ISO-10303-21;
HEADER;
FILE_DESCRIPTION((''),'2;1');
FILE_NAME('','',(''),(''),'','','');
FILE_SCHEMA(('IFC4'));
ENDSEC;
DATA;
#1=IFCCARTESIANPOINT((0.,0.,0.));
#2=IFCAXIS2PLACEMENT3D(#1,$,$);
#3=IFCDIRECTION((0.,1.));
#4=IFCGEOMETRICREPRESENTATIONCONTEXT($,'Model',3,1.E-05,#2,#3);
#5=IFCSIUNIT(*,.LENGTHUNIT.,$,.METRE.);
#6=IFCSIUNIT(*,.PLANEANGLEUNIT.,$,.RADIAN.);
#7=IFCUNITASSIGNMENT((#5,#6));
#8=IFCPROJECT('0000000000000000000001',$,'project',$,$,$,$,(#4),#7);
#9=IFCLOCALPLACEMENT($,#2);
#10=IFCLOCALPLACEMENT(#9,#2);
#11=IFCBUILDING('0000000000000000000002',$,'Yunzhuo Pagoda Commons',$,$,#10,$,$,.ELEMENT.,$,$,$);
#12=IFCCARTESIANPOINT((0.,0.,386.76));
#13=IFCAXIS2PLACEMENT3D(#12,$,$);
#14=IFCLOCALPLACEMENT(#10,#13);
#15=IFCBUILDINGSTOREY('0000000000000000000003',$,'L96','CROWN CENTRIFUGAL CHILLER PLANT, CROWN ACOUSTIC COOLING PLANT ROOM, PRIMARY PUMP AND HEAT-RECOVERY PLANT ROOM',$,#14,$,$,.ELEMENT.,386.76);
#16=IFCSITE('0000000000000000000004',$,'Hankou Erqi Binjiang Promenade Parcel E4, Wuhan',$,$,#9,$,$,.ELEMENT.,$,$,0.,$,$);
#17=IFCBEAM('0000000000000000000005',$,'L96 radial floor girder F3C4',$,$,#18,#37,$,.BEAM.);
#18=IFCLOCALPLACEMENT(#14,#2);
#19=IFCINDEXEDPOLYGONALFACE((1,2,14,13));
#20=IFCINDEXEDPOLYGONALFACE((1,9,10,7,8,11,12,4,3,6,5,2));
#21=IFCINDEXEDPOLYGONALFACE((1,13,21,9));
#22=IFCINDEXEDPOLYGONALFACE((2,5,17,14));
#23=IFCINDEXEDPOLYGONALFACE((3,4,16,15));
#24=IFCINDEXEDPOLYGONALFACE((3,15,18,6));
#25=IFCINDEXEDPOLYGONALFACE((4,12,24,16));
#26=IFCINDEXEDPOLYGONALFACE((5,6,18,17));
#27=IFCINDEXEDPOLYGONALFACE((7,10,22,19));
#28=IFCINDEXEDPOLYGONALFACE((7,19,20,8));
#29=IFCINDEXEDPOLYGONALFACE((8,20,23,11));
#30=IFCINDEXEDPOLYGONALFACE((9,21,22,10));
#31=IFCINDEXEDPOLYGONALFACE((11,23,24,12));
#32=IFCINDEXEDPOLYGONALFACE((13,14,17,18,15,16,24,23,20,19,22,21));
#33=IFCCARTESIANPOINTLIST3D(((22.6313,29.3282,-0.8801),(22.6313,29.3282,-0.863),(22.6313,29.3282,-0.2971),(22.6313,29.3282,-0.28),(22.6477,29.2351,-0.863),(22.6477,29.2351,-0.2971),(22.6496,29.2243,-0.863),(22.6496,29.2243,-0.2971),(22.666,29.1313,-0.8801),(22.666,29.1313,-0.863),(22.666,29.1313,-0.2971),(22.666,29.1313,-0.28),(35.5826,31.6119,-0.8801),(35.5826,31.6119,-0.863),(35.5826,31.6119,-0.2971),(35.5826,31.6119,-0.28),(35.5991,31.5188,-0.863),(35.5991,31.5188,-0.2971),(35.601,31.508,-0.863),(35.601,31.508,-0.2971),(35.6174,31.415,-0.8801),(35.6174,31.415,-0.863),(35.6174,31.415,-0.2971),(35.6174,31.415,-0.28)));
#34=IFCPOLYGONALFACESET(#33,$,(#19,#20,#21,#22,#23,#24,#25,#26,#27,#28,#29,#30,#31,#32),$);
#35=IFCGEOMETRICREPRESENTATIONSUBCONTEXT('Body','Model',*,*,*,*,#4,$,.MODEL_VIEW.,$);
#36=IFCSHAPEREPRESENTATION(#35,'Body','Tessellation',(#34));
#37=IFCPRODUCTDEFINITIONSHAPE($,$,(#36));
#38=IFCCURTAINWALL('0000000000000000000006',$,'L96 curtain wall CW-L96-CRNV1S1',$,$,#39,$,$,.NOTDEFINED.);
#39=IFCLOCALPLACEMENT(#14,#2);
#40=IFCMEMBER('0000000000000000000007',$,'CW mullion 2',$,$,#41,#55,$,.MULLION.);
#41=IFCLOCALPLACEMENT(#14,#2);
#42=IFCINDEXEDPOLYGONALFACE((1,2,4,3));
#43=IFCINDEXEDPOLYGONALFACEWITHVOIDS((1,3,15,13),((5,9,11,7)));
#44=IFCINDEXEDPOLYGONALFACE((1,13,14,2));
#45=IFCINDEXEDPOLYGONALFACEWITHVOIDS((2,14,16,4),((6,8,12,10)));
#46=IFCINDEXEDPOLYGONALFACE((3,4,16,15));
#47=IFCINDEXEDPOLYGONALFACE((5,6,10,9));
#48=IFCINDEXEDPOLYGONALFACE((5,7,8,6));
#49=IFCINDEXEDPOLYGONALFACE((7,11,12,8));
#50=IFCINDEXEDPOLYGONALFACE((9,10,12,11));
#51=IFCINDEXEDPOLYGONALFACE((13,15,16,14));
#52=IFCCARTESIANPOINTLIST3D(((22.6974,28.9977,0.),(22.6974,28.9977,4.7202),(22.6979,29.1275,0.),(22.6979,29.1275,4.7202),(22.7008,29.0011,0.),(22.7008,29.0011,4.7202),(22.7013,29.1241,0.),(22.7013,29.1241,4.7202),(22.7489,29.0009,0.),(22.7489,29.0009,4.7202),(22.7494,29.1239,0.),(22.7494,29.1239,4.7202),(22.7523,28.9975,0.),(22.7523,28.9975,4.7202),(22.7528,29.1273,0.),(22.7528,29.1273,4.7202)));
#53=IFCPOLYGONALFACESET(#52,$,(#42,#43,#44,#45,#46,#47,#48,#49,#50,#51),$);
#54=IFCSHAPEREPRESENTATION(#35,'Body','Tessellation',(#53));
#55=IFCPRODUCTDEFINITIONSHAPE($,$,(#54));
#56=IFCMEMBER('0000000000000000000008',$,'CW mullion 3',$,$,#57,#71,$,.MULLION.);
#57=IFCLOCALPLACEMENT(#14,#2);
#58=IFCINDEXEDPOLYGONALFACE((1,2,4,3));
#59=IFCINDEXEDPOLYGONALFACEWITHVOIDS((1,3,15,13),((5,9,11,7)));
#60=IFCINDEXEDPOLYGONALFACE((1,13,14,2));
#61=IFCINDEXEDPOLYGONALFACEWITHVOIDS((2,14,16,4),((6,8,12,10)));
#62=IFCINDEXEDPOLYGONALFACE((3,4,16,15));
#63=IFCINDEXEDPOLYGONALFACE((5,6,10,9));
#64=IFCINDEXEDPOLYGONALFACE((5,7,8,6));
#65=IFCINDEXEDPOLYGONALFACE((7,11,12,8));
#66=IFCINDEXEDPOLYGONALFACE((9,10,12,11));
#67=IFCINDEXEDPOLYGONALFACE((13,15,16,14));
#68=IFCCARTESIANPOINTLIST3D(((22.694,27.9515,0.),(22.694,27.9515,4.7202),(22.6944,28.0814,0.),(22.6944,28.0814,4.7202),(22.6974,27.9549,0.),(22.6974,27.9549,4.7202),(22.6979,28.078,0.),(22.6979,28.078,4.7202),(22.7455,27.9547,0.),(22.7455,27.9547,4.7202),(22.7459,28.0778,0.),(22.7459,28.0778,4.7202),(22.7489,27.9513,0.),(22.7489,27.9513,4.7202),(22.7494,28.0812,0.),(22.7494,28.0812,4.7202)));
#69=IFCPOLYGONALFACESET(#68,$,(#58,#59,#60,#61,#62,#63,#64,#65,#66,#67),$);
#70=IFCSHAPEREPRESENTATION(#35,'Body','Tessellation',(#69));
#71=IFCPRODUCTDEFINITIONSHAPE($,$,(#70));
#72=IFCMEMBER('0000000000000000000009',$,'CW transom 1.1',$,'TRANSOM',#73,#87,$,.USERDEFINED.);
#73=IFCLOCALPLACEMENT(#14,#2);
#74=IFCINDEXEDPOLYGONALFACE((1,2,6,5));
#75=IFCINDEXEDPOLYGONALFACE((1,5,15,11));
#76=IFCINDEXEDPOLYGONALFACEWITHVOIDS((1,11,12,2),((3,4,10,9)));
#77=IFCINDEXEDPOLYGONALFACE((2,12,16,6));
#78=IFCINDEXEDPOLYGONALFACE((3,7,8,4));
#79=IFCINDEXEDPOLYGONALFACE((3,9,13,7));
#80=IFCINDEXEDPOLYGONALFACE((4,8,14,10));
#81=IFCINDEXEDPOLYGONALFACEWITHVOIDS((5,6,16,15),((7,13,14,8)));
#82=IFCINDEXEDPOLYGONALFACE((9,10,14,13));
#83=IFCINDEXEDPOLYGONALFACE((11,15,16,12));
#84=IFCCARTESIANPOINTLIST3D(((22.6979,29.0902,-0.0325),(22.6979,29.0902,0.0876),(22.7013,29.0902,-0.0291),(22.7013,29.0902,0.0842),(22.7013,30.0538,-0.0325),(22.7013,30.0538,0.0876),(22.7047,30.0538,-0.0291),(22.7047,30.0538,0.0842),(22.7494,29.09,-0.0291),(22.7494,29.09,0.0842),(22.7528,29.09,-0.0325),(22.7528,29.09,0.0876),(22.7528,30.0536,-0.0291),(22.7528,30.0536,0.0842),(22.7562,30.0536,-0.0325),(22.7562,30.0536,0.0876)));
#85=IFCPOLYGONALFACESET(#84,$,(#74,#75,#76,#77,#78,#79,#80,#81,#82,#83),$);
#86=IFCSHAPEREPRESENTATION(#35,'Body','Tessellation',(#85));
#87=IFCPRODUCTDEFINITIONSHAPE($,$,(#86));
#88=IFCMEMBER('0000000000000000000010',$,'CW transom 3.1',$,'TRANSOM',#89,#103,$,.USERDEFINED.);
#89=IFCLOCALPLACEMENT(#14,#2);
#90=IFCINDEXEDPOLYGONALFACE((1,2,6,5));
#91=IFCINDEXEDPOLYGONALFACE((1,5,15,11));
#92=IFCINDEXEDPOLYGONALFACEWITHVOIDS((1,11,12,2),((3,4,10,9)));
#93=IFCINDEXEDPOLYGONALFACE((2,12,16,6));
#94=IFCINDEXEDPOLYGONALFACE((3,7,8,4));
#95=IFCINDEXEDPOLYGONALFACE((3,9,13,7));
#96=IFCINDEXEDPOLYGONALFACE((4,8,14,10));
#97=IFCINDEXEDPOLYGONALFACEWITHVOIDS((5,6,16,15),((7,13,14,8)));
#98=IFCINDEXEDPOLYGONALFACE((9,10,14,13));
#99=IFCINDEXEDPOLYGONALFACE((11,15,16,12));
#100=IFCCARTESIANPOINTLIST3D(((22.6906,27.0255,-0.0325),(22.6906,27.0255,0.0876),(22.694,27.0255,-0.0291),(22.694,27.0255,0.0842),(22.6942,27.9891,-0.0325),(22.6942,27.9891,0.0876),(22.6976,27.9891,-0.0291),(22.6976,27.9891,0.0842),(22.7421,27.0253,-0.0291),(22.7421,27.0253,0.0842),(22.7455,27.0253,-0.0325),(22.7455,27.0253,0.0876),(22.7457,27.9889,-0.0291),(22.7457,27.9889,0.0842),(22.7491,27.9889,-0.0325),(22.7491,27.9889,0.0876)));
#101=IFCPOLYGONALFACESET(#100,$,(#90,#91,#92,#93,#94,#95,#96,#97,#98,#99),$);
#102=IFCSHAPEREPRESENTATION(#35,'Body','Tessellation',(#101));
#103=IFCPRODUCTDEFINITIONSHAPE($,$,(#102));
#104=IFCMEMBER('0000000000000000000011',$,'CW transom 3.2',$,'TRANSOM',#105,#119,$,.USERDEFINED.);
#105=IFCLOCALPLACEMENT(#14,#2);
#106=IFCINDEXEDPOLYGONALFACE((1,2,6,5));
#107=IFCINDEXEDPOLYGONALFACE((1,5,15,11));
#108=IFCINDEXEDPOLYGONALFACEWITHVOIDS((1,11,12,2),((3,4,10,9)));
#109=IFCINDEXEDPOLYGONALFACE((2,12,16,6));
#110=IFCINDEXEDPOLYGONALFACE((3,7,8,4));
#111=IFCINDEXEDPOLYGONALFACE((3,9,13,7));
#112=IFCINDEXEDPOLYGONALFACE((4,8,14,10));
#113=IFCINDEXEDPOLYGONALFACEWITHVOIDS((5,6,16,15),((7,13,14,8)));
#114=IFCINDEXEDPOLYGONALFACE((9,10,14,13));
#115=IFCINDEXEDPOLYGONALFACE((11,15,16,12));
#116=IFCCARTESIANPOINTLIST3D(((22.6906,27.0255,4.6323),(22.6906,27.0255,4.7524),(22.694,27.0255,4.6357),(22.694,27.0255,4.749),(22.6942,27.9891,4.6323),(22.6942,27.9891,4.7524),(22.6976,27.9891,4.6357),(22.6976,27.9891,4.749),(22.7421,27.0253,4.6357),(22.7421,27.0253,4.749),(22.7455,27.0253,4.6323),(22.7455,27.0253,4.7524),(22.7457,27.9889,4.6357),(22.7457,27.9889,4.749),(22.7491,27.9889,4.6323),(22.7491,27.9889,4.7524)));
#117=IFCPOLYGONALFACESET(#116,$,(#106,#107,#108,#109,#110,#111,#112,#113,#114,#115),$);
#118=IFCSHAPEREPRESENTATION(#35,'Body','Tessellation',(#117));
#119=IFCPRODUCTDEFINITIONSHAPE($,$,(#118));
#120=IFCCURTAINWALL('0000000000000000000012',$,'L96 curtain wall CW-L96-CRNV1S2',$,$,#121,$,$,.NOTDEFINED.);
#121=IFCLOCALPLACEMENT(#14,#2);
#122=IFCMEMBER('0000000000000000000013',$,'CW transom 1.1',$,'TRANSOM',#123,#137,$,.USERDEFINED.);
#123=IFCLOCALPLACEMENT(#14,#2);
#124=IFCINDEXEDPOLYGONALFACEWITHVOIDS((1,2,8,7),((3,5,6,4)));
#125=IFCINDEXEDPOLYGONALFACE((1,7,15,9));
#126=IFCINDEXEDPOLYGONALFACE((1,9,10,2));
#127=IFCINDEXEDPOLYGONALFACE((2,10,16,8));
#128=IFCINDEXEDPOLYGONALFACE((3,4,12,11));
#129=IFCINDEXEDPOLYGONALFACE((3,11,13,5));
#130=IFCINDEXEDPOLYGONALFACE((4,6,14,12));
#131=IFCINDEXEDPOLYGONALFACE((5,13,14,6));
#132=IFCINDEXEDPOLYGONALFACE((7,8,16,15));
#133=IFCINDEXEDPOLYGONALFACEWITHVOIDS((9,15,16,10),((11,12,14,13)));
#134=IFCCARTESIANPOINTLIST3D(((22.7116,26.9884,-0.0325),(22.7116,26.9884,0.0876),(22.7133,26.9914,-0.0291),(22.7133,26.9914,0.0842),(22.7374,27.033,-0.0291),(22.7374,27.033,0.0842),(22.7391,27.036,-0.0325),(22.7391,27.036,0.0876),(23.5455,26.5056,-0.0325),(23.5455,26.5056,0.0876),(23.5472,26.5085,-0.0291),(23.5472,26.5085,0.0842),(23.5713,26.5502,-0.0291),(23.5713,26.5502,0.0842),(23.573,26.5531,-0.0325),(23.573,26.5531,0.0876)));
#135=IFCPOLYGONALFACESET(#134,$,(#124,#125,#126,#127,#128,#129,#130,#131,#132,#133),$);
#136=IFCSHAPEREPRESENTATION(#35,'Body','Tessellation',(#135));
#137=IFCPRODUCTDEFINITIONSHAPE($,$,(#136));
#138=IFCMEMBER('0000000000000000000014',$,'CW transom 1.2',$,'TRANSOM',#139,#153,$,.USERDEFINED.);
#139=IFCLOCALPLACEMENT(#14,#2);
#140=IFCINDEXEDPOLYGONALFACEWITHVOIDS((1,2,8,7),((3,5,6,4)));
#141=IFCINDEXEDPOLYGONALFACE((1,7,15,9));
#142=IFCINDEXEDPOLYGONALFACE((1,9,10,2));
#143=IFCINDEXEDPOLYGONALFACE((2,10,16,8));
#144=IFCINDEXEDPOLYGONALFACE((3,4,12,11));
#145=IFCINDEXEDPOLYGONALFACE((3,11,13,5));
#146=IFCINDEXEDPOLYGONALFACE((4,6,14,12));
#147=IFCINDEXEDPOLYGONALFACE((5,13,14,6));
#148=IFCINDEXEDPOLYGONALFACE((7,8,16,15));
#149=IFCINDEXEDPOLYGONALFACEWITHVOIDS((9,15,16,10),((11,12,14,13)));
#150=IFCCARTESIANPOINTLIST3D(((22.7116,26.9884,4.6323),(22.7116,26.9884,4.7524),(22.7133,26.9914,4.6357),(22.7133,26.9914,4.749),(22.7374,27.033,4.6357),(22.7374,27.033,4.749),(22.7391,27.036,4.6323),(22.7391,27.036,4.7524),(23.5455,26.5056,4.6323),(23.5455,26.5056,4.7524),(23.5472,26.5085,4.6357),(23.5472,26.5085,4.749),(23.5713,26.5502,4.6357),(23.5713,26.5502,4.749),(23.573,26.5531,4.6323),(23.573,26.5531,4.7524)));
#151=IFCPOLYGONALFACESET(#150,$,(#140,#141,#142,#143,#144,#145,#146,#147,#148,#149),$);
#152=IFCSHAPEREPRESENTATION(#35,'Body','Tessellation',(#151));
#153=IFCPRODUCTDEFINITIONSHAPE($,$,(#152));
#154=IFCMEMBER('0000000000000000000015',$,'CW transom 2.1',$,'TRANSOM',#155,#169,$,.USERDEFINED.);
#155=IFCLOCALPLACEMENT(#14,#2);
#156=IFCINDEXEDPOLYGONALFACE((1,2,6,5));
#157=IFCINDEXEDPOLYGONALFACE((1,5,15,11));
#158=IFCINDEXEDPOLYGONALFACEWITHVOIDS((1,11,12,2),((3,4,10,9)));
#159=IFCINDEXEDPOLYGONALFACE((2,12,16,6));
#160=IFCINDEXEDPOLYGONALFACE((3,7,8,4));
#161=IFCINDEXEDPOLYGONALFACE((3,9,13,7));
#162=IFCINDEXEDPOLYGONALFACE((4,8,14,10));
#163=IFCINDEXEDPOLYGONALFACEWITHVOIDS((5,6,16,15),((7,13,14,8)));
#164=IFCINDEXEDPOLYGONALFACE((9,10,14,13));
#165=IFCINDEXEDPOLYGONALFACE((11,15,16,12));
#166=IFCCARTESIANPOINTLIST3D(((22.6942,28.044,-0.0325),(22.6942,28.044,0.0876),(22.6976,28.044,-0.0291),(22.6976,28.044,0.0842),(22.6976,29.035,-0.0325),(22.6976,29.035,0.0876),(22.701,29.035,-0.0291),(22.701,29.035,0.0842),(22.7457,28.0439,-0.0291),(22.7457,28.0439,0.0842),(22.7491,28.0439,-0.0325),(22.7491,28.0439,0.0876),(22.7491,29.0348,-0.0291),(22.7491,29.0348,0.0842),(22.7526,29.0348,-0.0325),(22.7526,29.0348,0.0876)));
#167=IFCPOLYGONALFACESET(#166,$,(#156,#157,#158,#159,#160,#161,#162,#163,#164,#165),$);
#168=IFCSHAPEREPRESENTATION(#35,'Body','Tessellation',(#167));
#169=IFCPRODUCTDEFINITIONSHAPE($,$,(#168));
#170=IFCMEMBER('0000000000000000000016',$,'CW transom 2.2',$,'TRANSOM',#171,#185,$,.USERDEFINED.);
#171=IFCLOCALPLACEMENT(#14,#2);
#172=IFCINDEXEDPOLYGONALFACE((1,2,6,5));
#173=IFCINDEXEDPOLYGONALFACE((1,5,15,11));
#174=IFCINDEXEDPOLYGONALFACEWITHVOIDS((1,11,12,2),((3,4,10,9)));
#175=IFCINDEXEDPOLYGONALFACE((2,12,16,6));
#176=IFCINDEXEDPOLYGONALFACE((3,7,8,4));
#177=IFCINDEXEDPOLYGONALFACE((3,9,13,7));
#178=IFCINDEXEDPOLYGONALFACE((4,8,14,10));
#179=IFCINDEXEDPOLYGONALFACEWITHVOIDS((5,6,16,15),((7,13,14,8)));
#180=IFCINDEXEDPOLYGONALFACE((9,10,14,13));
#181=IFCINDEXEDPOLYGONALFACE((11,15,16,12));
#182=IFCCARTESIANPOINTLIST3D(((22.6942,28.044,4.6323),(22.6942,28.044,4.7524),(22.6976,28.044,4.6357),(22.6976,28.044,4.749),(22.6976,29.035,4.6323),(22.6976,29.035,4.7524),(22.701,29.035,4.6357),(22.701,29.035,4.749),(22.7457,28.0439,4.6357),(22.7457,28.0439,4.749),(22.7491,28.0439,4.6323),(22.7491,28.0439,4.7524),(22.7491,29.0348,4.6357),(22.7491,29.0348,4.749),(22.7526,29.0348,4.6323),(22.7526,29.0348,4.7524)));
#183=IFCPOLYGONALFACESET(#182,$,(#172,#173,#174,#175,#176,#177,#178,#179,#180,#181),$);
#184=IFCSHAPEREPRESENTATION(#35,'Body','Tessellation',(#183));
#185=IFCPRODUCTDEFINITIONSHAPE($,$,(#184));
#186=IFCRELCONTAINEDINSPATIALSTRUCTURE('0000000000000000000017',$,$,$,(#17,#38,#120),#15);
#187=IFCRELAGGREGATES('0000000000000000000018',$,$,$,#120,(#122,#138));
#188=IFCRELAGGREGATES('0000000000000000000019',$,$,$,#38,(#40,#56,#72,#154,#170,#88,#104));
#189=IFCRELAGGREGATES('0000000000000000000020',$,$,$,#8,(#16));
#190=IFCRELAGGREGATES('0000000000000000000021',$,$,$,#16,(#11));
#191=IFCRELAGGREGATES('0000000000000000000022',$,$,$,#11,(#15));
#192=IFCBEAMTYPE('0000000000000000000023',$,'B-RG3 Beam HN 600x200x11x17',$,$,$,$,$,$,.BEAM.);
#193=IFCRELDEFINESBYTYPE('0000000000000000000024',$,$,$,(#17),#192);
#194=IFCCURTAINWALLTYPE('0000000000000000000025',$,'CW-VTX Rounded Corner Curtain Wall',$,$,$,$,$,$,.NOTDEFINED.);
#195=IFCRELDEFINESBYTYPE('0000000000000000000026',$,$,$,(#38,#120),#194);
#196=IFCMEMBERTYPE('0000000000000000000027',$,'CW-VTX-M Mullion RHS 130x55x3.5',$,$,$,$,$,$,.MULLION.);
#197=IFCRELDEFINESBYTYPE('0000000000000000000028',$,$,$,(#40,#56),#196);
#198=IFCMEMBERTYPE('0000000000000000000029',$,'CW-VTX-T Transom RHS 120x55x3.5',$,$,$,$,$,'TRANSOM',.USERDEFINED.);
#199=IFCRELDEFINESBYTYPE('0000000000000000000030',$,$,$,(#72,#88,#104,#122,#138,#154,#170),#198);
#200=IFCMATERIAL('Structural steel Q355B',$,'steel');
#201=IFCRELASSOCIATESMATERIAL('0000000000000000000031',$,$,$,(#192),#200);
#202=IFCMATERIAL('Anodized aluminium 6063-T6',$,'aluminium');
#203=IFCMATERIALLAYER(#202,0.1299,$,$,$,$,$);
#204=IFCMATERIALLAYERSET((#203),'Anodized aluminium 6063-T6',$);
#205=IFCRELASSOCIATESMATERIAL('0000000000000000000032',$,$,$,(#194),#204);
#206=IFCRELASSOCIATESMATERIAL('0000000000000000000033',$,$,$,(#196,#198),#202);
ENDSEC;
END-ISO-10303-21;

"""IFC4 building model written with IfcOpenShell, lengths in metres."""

from ifc_helpers import new_model, si_unit, direction, frame, origin, origin_2d, place, context, subcontext, project, spatial, hollow_rectangle, i_section, extrude, source, transform, mapped, material, layer, layer_set, material_profile, profile_set, type_object, element, aggregate, save


model = new_model("IFC4")

# Units and contexts
model_context = context("Model", 3, precision=1e-05, world=origin(), true_north=direction((0.0, 1.0)))
body_context = subcontext(model_context, "Body", "Model", "MODEL_VIEW")
ifc_project = project(units=[si_unit("LENGTHUNIT", "METRE"), si_unit("PLANEANGLEUNIT", "RADIAN")], contexts=[model_context])

# Site, building, storey
site_placement = place(None, origin())
site = spatial("IfcSite", under=ifc_project, at=site_placement, Name="Hankou Erqi Binjiang Promenade Parcel E4, Wuhan", CompositionType="ELEMENT", RefElevation=0.0)
building_placement = place(site_placement, origin())
building = spatial("IfcBuilding", under=site, at=building_placement, Name="Yunzhuo Pagoda Commons", CompositionType="ELEMENT")
storey_placement = place(building_placement, frame((0.0, 0.0, 386.76)))
storey = spatial("IfcBuildingStorey", under=building, at=storey_placement, Name="L96", Description="CROWN CENTRIFUGAL CHILLER PLANT, CROWN ACOUSTIC COOLING PLANT ROOM, PRIMARY PUMP AND HEAT-RECOVERY PLANT ROOM", CompositionType="ELEMENT", Elevation=386.76)

# Beam
ifc_material_1 = material(Name="Structural steel Q355B", Category="steel")
ifc_material_profile_1 = material_profile(ifc_material_1, i_section(OverallWidth=0.2, OverallDepth=0.6001, WebThickness=0.011, FlangeThickness=0.0171, at=origin_2d()), Name="Structural steel Q355B")
ifc_profile_set_1 = profile_set([ifc_material_profile_1], Name="Structural steel Q355B")
beam_type = type_object("IfcBeamType", Name="B-RG3 Beam HN 600x200x11x17", PredefinedType="BEAM", material=ifc_profile_set_1)
shared_shape_1 = source(origin(), body_context, "Body", "SweptSolid", [
    extrude(i_section(OverallWidth=0.2, OverallDepth=0.6001, WebThickness=0.011, FlangeThickness=0.0171, at=origin_2d()), origin(), (0.0, 0.0, 1.0), 13.1511),
])
beam_placement = place(storey_placement, frame((22.6487, 29.2297, -0.5801), z_axis=(0.984808, 0.173649, 0.0), x_axis=(-0.173649, 0.984808, 0.0)))
element("IfcBeam", 1, at=beam_placement, inside=storey, type_object=beam_type, Name="L96 radial floor girder F3C4", PredefinedType="BEAM", context=body_context, shape_type="MappedRepresentation", body=[
    mapped(shared_shape_1, transform((0.0, 0.0, 0.0), scale=1.0)),
])

# Curtain walls, members
ifc_material_2 = material(Name="Anodized aluminium 6063-T6", Category="aluminium")
ifc_layer_1 = layer(ifc_material_2, 0.1299)
ifc_layer_set_1 = layer_set([ifc_layer_1], Name="Anodized aluminium 6063-T6")
curtain_wall_type = type_object("IfcCurtainWallType", Name="CW-VTX Rounded Corner Curtain Wall", PredefinedType="NOTDEFINED", material=ifc_layer_set_1)
curtain_wall_1_placement = place(storey_placement, origin())
curtain_wall_1 = element("IfcCurtainWall", 2, at=curtain_wall_1_placement, inside=storey, type_object=curtain_wall_type, Name="L96 curtain wall CW-L96-CRNV1S1", PredefinedType="NOTDEFINED")
ifc_material_profile_2 = material_profile(ifc_material_2, hollow_rectangle(XDim=0.0549, YDim=0.1299, WallThickness=0.0034, at=origin_2d()), Name="Anodized aluminium 6063-T6")
ifc_profile_set_2 = profile_set([ifc_material_profile_2], Name="Anodized aluminium 6063-T6")
member_type_1 = type_object("IfcMemberType", Name="CW-VTX-M Mullion RHS 130x55x3.5", PredefinedType="MULLION", material=ifc_profile_set_2)
shared_shape_2 = source(origin(), body_context, "Body", "SweptSolid", [
    extrude(hollow_rectangle(XDim=0.0549, YDim=0.1299, WallThickness=0.0034, at=origin_2d()), origin(), (0.0, 0.0, 1.0), 4.7202),
])
member_1_placement = place(storey_placement, frame((22.7251, 29.0625, 0.0), z_axis=(0.0, 0.0, 1.0), x_axis=(0.999994, -0.003569, 0.0)))
member_1 = element("IfcMember", 3, at=member_1_placement, type_object=member_type_1, Name="CW mullion 2", PredefinedType="MULLION", context=body_context, shape_type="MappedRepresentation", body=[
    mapped(shared_shape_2, transform((0.0, 0.0, 0.0), scale=1.0)),
])
member_2_placement = place(storey_placement, frame((22.7217, 28.0164, 0.0), z_axis=(0.0, 0.0, 1.0), x_axis=(0.999994, -0.003569, 0.0)))
member_2 = element("IfcMember", 4, at=member_2_placement, type_object=member_type_1, Name="CW mullion 3", PredefinedType="MULLION", context=body_context, shape_type="MappedRepresentation", body=[
    mapped(shared_shape_2, transform((0.0, 0.0, 0.0), scale=1.0)),
])
ifc_material_profile_3 = material_profile(ifc_material_2, hollow_rectangle(XDim=0.0549, YDim=0.1201, WallThickness=0.0034, at=origin_2d()), Name="Anodized aluminium 6063-T6")
ifc_profile_set_3 = profile_set([ifc_material_profile_3], Name="Anodized aluminium 6063-T6")
member_type_2 = type_object("IfcMemberType", Name="CW-VTX-T Transom RHS 120x55x3.5", ElementType="TRANSOM", PredefinedType="USERDEFINED", material=ifc_profile_set_3)
shared_shape_3 = source(origin(), body_context, "Body", "SweptSolid", [
    extrude(hollow_rectangle(XDim=0.0549, YDim=0.1201, WallThickness=0.0034, at=origin_2d()), origin(), (0.0, 0.0, 1.0), 0.9636),
])
member_3_placement = place(storey_placement, frame((22.7288, 30.0537, 0.0276), z_axis=(-0.003547, -0.999994, 0.0), x_axis=(0.999994, -0.003547, 0.0)))
member_3 = element("IfcMember", 5, at=member_3_placement, type_object=member_type_2, Name="CW transom 1.1", ObjectType="TRANSOM", PredefinedType="USERDEFINED", context=body_context, shape_type="MappedRepresentation", body=[
    mapped(shared_shape_3, transform((0.0, 0.0, 0.0), scale=1.0)),
])
member_4_placement = place(storey_placement, frame((22.7217, 27.989, 0.0276), z_axis=(-0.0038, -0.999993, 0.0), x_axis=(0.999993, -0.0038, 0.0)))
member_4 = element("IfcMember", 6, at=member_4_placement, type_object=member_type_2, Name="CW transom 3.1", ObjectType="TRANSOM", PredefinedType="USERDEFINED", context=body_context, shape_type="MappedRepresentation", body=[
    mapped(shared_shape_3, transform((0.0, 0.0, 0.0), scale=1.0)),
])
member_5_placement = place(storey_placement, frame((22.7217, 27.989, 4.6924), z_axis=(-0.0038, -0.999993, 0.0), x_axis=(0.999993, -0.0038, 0.0)))
member_5 = element("IfcMember", 7, at=member_5_placement, type_object=member_type_2, Name="CW transom 3.2", ObjectType="TRANSOM", PredefinedType="USERDEFINED", context=body_context, shape_type="MappedRepresentation", body=[
    mapped(shared_shape_3, transform((0.0, 0.0, 0.0), scale=1.0)),
])
curtain_wall_2_placement = place(storey_placement, origin())
curtain_wall_2 = element("IfcCurtainWall", 8, at=curtain_wall_2_placement, inside=storey, type_object=curtain_wall_type, Name="L96 curtain wall CW-L96-CRNV1S2", PredefinedType="NOTDEFINED")
member_6_placement = place(storey_placement, frame((22.7253, 27.0122, 0.0276), z_axis=(0.865392, -0.501096, 0.0), x_axis=(0.501096, 0.865392, 0.0)))
member_6 = element("IfcMember", 9, at=member_6_placement, type_object=member_type_2, Name="CW transom 1.1", ObjectType="TRANSOM", PredefinedType="USERDEFINED", context=body_context, shape_type="MappedRepresentation", body=[
    mapped(shared_shape_3, transform((0.0, 0.0, 0.0), scale=1.0)),
])
member_7_placement = place(storey_placement, frame((22.7253, 27.0122, 4.6924), z_axis=(0.865392, -0.501096, 0.0), x_axis=(0.501096, 0.865392, 0.0)))
member_7 = element("IfcMember", 10, at=member_7_placement, type_object=member_type_2, Name="CW transom 1.2", ObjectType="TRANSOM", PredefinedType="USERDEFINED", context=body_context, shape_type="MappedRepresentation", body=[
    mapped(shared_shape_3, transform((0.0, 0.0, 0.0), scale=1.0)),
])
aggregate(curtain_wall_2, [member_6, member_7])

# Members
shared_shape_4 = source(origin(), body_context, "Body", "SweptSolid", [
    extrude(hollow_rectangle(XDim=0.0549, YDim=0.1201, WallThickness=0.0034, at=origin_2d()), origin(), (0.0, 0.0, 1.0), 0.991),
])
member_8_placement = place(storey_placement, frame((22.7251, 29.0349, 0.0276), z_axis=(-0.003449, -0.999994, 0.0), x_axis=(0.999994, -0.003449, 0.0)))
member_8 = element("IfcMember", 11, at=member_8_placement, type_object=member_type_2, Name="CW transom 2.1", ObjectType="TRANSOM", PredefinedType="USERDEFINED", context=body_context, shape_type="MappedRepresentation", body=[
    mapped(shared_shape_4, transform((0.0, 0.0, 0.0), scale=1.0)),
])
member_9_placement = place(storey_placement, frame((22.7251, 29.0349, 4.6924), z_axis=(-0.003449, -0.999994, 0.0), x_axis=(0.999994, -0.003449, 0.0)))
member_9 = element("IfcMember", 12, at=member_9_placement, type_object=member_type_2, Name="CW transom 2.2", ObjectType="TRANSOM", PredefinedType="USERDEFINED", context=body_context, shape_type="MappedRepresentation", body=[
    mapped(shared_shape_4, transform((0.0, 0.0, 0.0), scale=1.0)),
])

aggregate(curtain_wall_1, [member_1, member_2, member_3, member_8, member_9, member_4, member_5])

save(model, "model.ifc")
